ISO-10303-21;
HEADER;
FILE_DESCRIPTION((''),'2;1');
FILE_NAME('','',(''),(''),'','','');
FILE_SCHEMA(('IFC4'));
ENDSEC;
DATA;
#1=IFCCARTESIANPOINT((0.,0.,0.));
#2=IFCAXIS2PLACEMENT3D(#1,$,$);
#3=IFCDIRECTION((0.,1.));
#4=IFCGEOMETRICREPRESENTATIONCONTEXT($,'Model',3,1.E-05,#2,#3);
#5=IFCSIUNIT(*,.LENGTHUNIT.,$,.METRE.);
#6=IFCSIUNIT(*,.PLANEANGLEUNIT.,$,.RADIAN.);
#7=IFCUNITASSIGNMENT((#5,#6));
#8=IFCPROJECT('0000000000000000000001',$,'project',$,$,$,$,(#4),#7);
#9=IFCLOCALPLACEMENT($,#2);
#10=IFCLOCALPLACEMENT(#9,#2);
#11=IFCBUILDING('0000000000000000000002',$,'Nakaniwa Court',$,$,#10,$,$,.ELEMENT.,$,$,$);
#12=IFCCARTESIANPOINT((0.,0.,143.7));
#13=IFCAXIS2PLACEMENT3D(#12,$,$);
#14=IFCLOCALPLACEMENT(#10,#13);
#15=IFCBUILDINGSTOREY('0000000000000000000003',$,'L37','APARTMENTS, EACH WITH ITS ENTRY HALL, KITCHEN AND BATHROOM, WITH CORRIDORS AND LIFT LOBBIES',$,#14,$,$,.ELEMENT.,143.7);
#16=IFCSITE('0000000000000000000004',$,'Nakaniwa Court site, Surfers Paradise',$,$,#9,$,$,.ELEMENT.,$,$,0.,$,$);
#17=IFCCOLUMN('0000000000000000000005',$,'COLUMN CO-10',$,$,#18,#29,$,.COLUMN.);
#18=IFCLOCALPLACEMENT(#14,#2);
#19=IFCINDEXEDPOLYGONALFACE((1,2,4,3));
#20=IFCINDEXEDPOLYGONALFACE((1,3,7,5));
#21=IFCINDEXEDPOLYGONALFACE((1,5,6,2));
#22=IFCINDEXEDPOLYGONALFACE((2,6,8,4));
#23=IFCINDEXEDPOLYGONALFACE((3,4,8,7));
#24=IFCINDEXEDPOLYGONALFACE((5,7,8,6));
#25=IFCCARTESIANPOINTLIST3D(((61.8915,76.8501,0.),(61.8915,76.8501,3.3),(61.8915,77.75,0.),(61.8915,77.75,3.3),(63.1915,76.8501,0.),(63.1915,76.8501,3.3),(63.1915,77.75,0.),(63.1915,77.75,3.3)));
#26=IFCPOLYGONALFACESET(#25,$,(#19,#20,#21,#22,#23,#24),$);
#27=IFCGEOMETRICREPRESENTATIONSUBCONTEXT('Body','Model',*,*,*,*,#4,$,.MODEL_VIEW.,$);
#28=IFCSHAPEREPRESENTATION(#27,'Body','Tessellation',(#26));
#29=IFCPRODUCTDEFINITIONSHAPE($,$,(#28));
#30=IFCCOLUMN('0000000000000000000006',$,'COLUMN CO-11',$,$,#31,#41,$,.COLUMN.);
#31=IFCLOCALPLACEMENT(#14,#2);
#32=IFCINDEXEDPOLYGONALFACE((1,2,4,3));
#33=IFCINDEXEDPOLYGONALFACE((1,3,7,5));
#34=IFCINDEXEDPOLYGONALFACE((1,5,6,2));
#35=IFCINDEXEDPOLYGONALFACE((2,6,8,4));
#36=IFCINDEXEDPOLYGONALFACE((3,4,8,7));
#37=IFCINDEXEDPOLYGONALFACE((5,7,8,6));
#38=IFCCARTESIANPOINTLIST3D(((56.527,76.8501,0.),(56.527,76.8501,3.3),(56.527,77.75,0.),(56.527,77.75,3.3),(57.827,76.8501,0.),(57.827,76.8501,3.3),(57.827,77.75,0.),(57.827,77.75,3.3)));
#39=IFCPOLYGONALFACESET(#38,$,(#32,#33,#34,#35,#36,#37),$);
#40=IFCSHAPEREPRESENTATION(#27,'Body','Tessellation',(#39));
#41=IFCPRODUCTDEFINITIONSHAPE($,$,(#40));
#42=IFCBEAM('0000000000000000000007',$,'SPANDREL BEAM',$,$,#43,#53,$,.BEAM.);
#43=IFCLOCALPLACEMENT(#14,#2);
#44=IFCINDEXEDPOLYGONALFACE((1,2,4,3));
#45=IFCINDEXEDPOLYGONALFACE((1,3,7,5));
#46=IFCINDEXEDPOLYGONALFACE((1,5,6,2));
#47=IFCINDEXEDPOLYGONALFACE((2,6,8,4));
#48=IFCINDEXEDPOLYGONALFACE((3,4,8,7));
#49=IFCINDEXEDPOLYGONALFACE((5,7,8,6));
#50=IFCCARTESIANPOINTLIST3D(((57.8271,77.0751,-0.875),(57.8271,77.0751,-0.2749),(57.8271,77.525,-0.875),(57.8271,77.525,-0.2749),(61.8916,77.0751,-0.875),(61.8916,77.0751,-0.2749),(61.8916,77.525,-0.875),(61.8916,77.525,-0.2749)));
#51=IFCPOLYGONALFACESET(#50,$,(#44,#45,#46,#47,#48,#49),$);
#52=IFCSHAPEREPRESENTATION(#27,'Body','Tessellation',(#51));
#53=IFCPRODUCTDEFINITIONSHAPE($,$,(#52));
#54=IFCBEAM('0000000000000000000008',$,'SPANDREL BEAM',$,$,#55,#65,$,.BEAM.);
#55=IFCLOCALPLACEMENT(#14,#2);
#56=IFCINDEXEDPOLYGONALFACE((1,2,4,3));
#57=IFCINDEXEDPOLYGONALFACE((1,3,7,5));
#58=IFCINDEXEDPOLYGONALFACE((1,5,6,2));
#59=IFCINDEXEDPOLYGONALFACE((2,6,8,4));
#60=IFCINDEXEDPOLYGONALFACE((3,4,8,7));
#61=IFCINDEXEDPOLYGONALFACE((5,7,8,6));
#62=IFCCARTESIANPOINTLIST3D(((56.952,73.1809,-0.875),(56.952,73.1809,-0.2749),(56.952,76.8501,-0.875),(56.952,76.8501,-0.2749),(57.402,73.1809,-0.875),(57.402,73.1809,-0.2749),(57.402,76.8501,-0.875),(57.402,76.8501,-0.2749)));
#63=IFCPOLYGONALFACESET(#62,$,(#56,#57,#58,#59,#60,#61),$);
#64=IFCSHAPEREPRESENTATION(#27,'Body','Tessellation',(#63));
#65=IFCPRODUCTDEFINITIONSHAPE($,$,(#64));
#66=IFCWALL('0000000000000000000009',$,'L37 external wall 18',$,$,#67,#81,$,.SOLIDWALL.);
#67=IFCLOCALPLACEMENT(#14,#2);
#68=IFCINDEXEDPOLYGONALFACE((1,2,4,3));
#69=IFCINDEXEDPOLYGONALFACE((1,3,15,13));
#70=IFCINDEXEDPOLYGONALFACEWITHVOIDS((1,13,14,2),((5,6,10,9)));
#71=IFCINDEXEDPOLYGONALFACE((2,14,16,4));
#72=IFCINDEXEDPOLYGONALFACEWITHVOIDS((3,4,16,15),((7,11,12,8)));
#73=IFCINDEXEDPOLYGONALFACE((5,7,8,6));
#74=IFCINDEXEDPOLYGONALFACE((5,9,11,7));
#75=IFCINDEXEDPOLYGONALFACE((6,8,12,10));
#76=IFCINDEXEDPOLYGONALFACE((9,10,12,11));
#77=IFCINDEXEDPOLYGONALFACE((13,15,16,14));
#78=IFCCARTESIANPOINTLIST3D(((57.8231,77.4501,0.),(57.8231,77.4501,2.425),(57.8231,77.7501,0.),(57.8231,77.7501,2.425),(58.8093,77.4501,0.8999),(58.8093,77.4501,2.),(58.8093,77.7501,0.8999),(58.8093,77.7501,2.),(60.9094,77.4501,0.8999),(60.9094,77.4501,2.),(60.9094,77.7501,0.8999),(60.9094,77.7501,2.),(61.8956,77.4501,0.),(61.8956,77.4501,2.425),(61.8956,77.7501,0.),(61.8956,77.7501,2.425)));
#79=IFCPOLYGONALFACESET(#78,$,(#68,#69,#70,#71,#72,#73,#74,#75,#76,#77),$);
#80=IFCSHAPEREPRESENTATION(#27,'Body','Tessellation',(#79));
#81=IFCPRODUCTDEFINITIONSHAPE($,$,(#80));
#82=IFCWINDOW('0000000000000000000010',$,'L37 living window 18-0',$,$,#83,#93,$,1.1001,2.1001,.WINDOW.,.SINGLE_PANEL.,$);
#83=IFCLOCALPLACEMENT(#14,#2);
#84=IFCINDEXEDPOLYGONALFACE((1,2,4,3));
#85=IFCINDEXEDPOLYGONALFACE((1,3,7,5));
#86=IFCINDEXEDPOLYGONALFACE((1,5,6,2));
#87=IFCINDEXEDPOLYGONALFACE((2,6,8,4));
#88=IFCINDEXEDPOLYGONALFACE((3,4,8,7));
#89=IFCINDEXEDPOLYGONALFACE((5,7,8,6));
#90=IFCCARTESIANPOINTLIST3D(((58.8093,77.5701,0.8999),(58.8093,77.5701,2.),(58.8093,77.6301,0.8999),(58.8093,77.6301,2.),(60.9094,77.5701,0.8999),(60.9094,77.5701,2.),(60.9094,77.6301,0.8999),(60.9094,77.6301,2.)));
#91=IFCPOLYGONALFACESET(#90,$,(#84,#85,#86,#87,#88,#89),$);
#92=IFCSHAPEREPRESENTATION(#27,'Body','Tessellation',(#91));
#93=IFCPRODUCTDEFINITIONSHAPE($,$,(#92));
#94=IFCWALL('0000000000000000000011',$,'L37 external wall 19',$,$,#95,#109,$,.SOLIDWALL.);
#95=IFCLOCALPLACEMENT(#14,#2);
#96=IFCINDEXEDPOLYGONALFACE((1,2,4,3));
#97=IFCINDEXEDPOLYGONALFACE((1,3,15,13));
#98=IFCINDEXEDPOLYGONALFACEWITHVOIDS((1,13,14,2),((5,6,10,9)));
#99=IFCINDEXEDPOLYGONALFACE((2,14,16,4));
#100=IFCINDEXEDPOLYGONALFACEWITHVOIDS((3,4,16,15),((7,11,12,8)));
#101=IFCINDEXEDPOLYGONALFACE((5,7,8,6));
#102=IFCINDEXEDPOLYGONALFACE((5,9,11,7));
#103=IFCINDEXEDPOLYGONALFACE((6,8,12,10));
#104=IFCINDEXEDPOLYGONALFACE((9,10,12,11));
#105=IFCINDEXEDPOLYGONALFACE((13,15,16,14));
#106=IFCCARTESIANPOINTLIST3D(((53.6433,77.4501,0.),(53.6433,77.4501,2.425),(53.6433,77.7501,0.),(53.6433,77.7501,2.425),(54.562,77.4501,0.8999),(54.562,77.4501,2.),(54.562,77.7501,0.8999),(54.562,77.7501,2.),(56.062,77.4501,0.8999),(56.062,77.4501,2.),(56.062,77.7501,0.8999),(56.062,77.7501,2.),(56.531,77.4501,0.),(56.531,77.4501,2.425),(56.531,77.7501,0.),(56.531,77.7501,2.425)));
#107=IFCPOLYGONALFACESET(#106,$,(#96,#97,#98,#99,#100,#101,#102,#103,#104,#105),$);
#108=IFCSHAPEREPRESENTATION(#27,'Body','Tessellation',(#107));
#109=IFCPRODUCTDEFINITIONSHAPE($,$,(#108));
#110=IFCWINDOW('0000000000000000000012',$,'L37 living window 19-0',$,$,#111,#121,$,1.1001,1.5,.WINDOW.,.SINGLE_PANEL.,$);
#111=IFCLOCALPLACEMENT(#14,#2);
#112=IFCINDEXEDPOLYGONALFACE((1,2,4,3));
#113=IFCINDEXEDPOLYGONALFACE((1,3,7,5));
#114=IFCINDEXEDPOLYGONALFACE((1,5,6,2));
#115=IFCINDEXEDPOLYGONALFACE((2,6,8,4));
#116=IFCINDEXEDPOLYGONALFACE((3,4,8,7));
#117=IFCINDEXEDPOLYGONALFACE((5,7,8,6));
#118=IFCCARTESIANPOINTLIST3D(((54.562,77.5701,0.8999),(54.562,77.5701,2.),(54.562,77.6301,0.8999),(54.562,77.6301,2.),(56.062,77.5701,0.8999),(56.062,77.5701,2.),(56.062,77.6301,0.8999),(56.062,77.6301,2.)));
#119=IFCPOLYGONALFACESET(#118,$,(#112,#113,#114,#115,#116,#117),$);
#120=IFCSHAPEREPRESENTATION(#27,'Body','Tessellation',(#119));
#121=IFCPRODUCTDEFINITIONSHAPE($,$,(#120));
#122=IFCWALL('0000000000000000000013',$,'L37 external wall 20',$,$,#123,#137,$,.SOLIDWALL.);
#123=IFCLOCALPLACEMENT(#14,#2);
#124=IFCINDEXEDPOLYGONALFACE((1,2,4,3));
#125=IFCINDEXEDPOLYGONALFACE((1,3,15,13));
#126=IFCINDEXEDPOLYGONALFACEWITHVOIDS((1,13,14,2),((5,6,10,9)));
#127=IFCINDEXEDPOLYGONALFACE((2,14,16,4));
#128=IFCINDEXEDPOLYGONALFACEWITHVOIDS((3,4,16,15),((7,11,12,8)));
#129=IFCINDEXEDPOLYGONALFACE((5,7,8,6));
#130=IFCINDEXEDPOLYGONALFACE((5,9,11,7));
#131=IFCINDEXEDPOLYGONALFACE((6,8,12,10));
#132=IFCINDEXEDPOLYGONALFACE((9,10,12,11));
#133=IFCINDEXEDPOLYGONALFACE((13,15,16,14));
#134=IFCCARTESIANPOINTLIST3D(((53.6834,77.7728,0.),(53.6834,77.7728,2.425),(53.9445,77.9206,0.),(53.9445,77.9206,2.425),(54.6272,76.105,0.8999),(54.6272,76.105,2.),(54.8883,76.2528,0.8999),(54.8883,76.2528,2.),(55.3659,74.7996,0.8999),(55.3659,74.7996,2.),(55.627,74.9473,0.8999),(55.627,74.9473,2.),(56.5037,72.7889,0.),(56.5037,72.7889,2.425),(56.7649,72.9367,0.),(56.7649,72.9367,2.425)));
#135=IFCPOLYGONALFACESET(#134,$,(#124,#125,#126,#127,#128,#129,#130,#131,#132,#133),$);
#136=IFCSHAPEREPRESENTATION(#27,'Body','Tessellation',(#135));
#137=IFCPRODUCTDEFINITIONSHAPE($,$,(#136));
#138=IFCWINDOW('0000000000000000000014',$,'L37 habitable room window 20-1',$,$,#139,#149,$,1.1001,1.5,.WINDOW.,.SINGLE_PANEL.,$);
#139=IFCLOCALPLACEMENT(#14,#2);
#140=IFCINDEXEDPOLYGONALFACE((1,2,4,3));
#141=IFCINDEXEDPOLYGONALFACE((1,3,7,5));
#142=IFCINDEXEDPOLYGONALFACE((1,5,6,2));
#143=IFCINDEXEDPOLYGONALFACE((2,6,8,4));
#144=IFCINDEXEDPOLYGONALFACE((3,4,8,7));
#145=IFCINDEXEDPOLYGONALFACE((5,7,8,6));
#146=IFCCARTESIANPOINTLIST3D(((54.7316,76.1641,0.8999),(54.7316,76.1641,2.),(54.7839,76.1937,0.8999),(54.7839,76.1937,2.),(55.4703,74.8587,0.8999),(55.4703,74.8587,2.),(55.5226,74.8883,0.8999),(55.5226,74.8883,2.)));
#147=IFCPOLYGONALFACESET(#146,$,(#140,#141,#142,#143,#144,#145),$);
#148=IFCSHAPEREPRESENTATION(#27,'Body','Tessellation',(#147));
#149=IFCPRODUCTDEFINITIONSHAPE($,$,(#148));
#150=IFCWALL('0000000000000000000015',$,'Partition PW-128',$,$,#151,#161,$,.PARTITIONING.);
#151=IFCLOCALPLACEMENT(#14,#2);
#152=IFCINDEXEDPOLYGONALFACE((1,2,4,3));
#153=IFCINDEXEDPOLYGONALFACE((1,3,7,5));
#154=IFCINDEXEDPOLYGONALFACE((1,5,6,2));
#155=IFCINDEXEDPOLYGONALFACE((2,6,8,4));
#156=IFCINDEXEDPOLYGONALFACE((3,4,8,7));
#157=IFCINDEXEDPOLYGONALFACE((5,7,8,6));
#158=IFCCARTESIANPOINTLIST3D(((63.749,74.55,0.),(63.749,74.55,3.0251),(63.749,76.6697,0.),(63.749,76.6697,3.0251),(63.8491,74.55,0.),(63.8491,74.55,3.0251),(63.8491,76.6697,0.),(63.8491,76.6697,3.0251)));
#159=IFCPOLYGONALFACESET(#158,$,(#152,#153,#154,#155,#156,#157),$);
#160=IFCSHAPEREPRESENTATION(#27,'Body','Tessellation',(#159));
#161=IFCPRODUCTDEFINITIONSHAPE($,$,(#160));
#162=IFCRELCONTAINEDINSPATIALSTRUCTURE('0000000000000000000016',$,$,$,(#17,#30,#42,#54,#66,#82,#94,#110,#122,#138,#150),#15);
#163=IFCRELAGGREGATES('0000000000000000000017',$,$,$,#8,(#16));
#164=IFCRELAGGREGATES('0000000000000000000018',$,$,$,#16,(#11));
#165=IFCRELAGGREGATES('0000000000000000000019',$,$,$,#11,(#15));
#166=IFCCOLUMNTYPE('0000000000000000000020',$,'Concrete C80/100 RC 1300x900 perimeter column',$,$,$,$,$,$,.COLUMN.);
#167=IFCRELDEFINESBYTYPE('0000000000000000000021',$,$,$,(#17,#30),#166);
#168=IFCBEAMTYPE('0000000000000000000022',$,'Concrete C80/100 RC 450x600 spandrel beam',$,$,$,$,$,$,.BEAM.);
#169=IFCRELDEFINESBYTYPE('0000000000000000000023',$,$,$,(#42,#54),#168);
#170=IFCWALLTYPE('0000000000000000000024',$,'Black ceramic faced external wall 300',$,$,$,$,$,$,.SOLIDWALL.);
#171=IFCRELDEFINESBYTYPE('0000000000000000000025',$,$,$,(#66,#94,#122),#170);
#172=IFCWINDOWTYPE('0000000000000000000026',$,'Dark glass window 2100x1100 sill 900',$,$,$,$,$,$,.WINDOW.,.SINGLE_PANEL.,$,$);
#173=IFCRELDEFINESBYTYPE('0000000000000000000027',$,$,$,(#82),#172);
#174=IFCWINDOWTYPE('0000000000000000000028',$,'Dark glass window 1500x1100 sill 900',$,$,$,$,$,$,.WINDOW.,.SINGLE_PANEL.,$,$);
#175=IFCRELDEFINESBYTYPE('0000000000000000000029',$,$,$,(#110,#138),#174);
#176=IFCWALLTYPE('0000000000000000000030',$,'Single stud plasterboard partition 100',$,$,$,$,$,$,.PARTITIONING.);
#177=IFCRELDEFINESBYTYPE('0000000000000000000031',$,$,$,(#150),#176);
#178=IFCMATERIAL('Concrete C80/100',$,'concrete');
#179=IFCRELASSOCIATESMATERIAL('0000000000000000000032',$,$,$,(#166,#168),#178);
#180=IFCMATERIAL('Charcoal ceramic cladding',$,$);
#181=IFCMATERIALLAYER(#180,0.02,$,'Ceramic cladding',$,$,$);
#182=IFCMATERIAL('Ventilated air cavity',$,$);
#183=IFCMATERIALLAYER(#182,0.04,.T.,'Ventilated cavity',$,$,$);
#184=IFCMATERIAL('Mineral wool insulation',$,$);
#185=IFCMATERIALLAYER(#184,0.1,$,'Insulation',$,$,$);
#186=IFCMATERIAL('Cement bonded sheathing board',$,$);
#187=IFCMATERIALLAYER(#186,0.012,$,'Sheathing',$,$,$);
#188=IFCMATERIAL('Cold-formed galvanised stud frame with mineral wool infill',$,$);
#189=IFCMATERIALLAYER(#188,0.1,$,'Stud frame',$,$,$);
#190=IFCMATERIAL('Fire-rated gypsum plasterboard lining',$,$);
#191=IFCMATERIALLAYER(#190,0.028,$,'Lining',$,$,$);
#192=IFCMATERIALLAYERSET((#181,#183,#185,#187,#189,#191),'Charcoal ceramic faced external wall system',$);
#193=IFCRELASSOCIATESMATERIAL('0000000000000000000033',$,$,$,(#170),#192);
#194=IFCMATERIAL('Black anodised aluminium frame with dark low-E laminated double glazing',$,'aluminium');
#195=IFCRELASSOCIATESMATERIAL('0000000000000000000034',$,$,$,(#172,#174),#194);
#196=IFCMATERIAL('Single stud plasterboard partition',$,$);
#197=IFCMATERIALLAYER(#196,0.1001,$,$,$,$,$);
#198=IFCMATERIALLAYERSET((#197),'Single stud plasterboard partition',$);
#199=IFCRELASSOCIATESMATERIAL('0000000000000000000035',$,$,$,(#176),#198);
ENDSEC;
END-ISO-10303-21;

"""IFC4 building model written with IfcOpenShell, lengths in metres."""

from ifc_helpers import new_model, si_unit, direction, frame, frame_2d, origin, origin_2d, place, context, subcontext, project, spatial, rectangle, extrude, material, layer, layer_set, material_profile, profile_set, type_object, element, fill, save


model = new_model("IFC4")

# Units and contexts
model_context = context("Model", 3, precision=1e-05, world=origin(), true_north=direction((0.0, 1.0)))
body_context = subcontext(model_context, "Body", "Model", "MODEL_VIEW")
ifc_project = project(units=[si_unit("LENGTHUNIT", "METRE"), si_unit("PLANEANGLEUNIT", "RADIAN")], contexts=[model_context])

# Site, building, storey
site_placement = place(None, origin())
site = spatial("IfcSite", under=ifc_project, at=site_placement, Name="Nakaniwa Court site, Surfers Paradise", CompositionType="ELEMENT", RefElevation=0.0)
building_placement = place(site_placement, origin())
building = spatial("IfcBuilding", under=site, at=building_placement, Name="Nakaniwa Court", CompositionType="ELEMENT")
storey_placement = place(building_placement, frame((0.0, 0.0, 143.7)))
storey = spatial("IfcBuildingStorey", under=building, at=storey_placement, Name="L37", Description="APARTMENTS, EACH WITH ITS ENTRY HALL, KITCHEN AND BATHROOM, WITH CORRIDORS AND LIFT LOBBIES", CompositionType="ELEMENT", Elevation=143.7)

# Columns
ifc_material_1 = material(Name="Concrete C80/100", Category="concrete")
ifc_material_profile_1 = material_profile(ifc_material_1, rectangle(XDim=1.3, YDim=0.8999, at=origin_2d()), Name="Concrete C80/100 RC 1300x900 perimeter column")
ifc_profile_set_1 = profile_set([ifc_material_profile_1], Name="Concrete C80/100")
column_type = type_object("IfcColumnType", Name="Concrete C80/100 RC 1300x900 perimeter column", PredefinedType="COLUMN", material=ifc_profile_set_1)
for number, where, z_axis, x_axis, name in (
    (1, (62.5415, 77.3, 0.0), (0.0, 0.0, 1.0), (-1.0, 0.0, 0.0), "COLUMN CO-10"),
    (2, (57.177, 77.3, 0.0), (0.0, 0.0, 1.0), (-1.0, 0.0, 0.0), "COLUMN CO-11"),
):
    element("IfcColumn", number, at=place(storey_placement, frame(where, z_axis=z_axis, x_axis=x_axis)), inside=storey, type_object=column_type, Name=name, PredefinedType="COLUMN", context=body_context, shape_type="SweptSolid", body=[
        extrude(rectangle(XDim=1.3, YDim=0.8999, at=origin_2d()), origin(), (0.0, 0.0, 1.0), 3.3),
    ])

# Beams
ifc_material_profile_2 = material_profile(ifc_material_1, rectangle(XDim=0.45, YDim=0.6001, at=origin_2d()), Name="Concrete C80/100 RC 450x600 spandrel beam")
ifc_profile_set_2 = profile_set([ifc_material_profile_2], Name="Concrete C80/100")
beam_type = type_object("IfcBeamType", Name="Concrete C80/100 RC 450x600 spandrel beam", PredefinedType="BEAM", material=ifc_profile_set_2)
beam_1_placement = place(storey_placement, frame((61.8916, 77.3, -0.575), z_axis=(-1.0, 0.0, 0.0), x_axis=(0.0, -1.0, 0.0)))
element("IfcBeam", 3, at=beam_1_placement, inside=storey, type_object=beam_type, Name="SPANDREL BEAM", PredefinedType="BEAM", context=body_context, shape_type="SweptSolid", body=[
    extrude(rectangle(XDim=0.45, YDim=0.6001, at=origin_2d()), origin(), (0.0, 0.0, 1.0), 4.0645),
])
beam_2_placement = place(storey_placement, frame((57.177, 76.8501, -0.575), z_axis=(0.0, -1.0, 0.0), x_axis=(1.0, 0.0, 0.0)))
element("IfcBeam", 4, at=beam_2_placement, inside=storey, type_object=beam_type, Name="SPANDREL BEAM", PredefinedType="BEAM", context=body_context, shape_type="SweptSolid", body=[
    extrude(rectangle(XDim=0.45, YDim=0.6001, at=origin_2d()), origin(), (0.0, 0.0, 1.0), 3.6692),
])

# Walls, openings, windows
ifc_material_2 = material(Name="Charcoal ceramic cladding")
ifc_layer_1 = layer(ifc_material_2, 0.02, Name="Ceramic cladding")
ifc_material_3 = material(Name="Ventilated air cavity")
ifc_layer_2 = layer(ifc_material_3, 0.04, ventilated=True, Name="Ventilated cavity")
ifc_material_4 = material(Name="Mineral wool insulation")
ifc_layer_3 = layer(ifc_material_4, 0.1, Name="Insulation")
ifc_material_5 = material(Name="Cement bonded sheathing board")
ifc_layer_4 = layer(ifc_material_5, 0.012, Name="Sheathing")
ifc_material_6 = material(Name="Cold-formed galvanised stud frame with mineral wool infill")
ifc_layer_5 = layer(ifc_material_6, 0.1, Name="Stud frame")
ifc_material_7 = material(Name="Fire-rated gypsum plasterboard lining")
ifc_layer_6 = layer(ifc_material_7, 0.028, Name="Lining")
ifc_layer_set_1 = layer_set([ifc_layer_1, ifc_layer_2, ifc_layer_3, ifc_layer_4, ifc_layer_5, ifc_layer_6], Name="Charcoal ceramic faced external wall system")
wall_type_1 = type_object("IfcWallType", Name="Black ceramic faced external wall 300", PredefinedType="SOLIDWALL", material=ifc_layer_set_1)
wall_1_placement = place(storey_placement, frame((61.8955, 77.6001, 0.0), z_axis=(0.0, 0.0, 1.0), x_axis=(-1.0, 0.0, 0.0)))
wall_1 = element("IfcWall", 5, at=wall_1_placement, inside=storey, type_object=wall_type_1, Name="L37 external wall 18", PredefinedType="SOLIDWALL", context=body_context, shape_type="SweptSolid", body=[
    extrude(rectangle(XDim=4.0725, YDim=0.3, at=frame_2d((2.0361, 0.0))), origin(), (0.0, 0.0, 1.0), 2.425),
])
opening_1_placement = place(wall_1_placement, frame((0.9861, 0.0, 0.8999)))
opening_1 = element("IfcOpeningElement", 6, at=opening_1_placement, cuts=wall_1, PredefinedType="OPENING", context=body_context, shape_type="SweptSolid", body=[
    extrude(rectangle(XDim=2.1001, YDim=1.1001, at=frame_2d((1.05, 0.55))), frame((0.0, 0.1599, 0.0), z_axis=(0.0, -1.0, 0.0), x_axis=(1.0, 0.0, 0.0)), (0.0, 0.0, 1.0), 0.3201),
])
ifc_material_8 = material(Name="Black anodised aluminium frame with dark low-E laminated double glazing", Category="aluminium")
window_type_1 = type_object("IfcWindowType", Name="Dark glass window 2100x1100 sill 900", PartitioningType="SINGLE_PANEL", PredefinedType="WINDOW", material=ifc_material_8)
window_1_placement = place(opening_1_placement, origin())
window_1 = element("IfcWindow", 7, at=window_1_placement, inside=storey, type_object=window_type_1, Name="L37 living window 18-0", OverallHeight=1.1001, OverallWidth=2.1001, PartitioningType="SINGLE_PANEL", PredefinedType="WINDOW", context=body_context, shape_type="SweptSolid", body=[
    extrude(rectangle(XDim=2.1001, YDim=1.1001, at=frame_2d((1.05, 0.55))), frame((0.0, 0.03, 0.0), z_axis=(0.0, -1.0, 0.0), x_axis=(1.0, 0.0, 0.0)), (0.0, 0.0, 1.0), 0.0601),
])
fill(opening_1, window_1)
wall_2_placement = place(storey_placement, frame((56.531, 77.6001, 0.0), z_axis=(0.0, 0.0, 1.0), x_axis=(-1.0, 0.0, 0.0)))
wall_2 = element("IfcWall", 8, at=wall_2_placement, inside=storey, type_object=wall_type_1, Name="L37 external wall 19", PredefinedType="SOLIDWALL", context=body_context, shape_type="SweptSolid", body=[
    extrude(rectangle(XDim=2.8877, YDim=0.3, at=frame_2d((1.4438, 0.0))), origin(), (0.0, 0.0, 1.0), 2.425),
])
opening_2_placement = place(wall_2_placement, frame((0.469, 0.0, 0.8999)))
opening_2 = element("IfcOpeningElement", 9, at=opening_2_placement, cuts=wall_2, PredefinedType="OPENING", context=body_context, shape_type="SweptSolid", body=[
    extrude(rectangle(XDim=1.5, YDim=1.1001, at=frame_2d((0.75, 0.55))), frame((0.0, 0.1599, 0.0), z_axis=(0.0, -1.0, 0.0), x_axis=(1.0, 0.0, 0.0)), (0.0, 0.0, 1.0), 0.3201),
])
window_type_2 = type_object("IfcWindowType", Name="Dark glass window 1500x1100 sill 900", PartitioningType="SINGLE_PANEL", PredefinedType="WINDOW", material=ifc_material_8)
window_2_placement = place(opening_2_placement, origin())
window_2 = element("IfcWindow", 10, at=window_2_placement, inside=storey, type_object=window_type_2, Name="L37 living window 19-0", OverallHeight=1.1001, OverallWidth=1.5, PartitioningType="SINGLE_PANEL", PredefinedType="WINDOW", context=body_context, shape_type="SweptSolid", body=[
    extrude(rectangle(XDim=1.5, YDim=1.1001, at=frame_2d((0.75, 0.55))), frame((0.0, 0.03, 0.0), z_axis=(0.0, -1.0, 0.0), x_axis=(1.0, 0.0, 0.0)), (0.0, 0.0, 1.0), 0.0601),
])
fill(opening_2, window_2)
wall_3_placement = place(storey_placement, frame((53.814, 77.8467, 0.0), z_axis=(0.0, 0.0, 1.0), x_axis=(0.492498, -0.870313, 0.0)))
wall_3 = element("IfcWall", 11, at=wall_3_placement, inside=storey, type_object=wall_type_1, Name="L37 external wall 20", PredefinedType="SOLIDWALL", context=body_context, shape_type="SweptSolid", body=[
    extrude(rectangle(XDim=5.7266, YDim=0.3, at=frame_2d((2.8633, 0.0))), origin(), (0.0, 0.0, 1.0), 2.425),
])
opening_3_placement = place(wall_3_placement, frame((1.9163, 0.0, 0.8999)))
opening_3 = element("IfcOpeningElement", 12, at=opening_3_placement, cuts=wall_3, PredefinedType="OPENING", context=body_context, shape_type="SweptSolid", body=[
    extrude(rectangle(XDim=1.5, YDim=1.1001, at=frame_2d((0.75, 0.55))), frame((0.0, 0.1599, 0.0), z_axis=(0.0, -1.0, 0.0), x_axis=(1.0, 0.0, 0.0)), (0.0, 0.0, 1.0), 0.3201),
])
window_3_placement = place(opening_3_placement, origin())
window_3 = element("IfcWindow", 13, at=window_3_placement, inside=storey, type_object=window_type_2, Name="L37 habitable room window 20-1", OverallHeight=1.1001, OverallWidth=1.5, PartitioningType="SINGLE_PANEL", PredefinedType="WINDOW", context=body_context, shape_type="SweptSolid", body=[
    extrude(rectangle(XDim=1.5, YDim=1.1001, at=frame_2d((0.75, 0.55))), frame((0.0, 0.03, 0.0), z_axis=(0.0, -1.0, 0.0), x_axis=(1.0, 0.0, 0.0)), (0.0, 0.0, 1.0), 0.0601),
])
fill(opening_3, window_3)

# Wall
ifc_material_9 = material(Name="Single stud plasterboard partition")
ifc_layer_7 = layer(ifc_material_9, 0.1001)
ifc_layer_set_2 = layer_set([ifc_layer_7], Name="Single stud plasterboard partition")
wall_type_2 = type_object("IfcWallType", Name="Single stud plasterboard partition 100", PredefinedType="PARTITIONING", material=ifc_layer_set_2)
wall_4_placement = place(storey_placement, frame((63.7991, 74.55, 0.0), z_axis=(0.0, 0.0, 1.0), x_axis=(0.0, 1.0, 0.0)))
element("IfcWall", 14, at=wall_4_placement, inside=storey, type_object=wall_type_2, Name="Partition PW-128", PredefinedType="PARTITIONING", context=body_context, shape_type="SweptSolid", body=[
    extrude(rectangle(XDim=2.1196, YDim=0.1001, at=frame_2d((1.0598, 0.0))), origin(), (0.0, 0.0, 1.0), 3.0251),
])

save(model, "model.ifc")
